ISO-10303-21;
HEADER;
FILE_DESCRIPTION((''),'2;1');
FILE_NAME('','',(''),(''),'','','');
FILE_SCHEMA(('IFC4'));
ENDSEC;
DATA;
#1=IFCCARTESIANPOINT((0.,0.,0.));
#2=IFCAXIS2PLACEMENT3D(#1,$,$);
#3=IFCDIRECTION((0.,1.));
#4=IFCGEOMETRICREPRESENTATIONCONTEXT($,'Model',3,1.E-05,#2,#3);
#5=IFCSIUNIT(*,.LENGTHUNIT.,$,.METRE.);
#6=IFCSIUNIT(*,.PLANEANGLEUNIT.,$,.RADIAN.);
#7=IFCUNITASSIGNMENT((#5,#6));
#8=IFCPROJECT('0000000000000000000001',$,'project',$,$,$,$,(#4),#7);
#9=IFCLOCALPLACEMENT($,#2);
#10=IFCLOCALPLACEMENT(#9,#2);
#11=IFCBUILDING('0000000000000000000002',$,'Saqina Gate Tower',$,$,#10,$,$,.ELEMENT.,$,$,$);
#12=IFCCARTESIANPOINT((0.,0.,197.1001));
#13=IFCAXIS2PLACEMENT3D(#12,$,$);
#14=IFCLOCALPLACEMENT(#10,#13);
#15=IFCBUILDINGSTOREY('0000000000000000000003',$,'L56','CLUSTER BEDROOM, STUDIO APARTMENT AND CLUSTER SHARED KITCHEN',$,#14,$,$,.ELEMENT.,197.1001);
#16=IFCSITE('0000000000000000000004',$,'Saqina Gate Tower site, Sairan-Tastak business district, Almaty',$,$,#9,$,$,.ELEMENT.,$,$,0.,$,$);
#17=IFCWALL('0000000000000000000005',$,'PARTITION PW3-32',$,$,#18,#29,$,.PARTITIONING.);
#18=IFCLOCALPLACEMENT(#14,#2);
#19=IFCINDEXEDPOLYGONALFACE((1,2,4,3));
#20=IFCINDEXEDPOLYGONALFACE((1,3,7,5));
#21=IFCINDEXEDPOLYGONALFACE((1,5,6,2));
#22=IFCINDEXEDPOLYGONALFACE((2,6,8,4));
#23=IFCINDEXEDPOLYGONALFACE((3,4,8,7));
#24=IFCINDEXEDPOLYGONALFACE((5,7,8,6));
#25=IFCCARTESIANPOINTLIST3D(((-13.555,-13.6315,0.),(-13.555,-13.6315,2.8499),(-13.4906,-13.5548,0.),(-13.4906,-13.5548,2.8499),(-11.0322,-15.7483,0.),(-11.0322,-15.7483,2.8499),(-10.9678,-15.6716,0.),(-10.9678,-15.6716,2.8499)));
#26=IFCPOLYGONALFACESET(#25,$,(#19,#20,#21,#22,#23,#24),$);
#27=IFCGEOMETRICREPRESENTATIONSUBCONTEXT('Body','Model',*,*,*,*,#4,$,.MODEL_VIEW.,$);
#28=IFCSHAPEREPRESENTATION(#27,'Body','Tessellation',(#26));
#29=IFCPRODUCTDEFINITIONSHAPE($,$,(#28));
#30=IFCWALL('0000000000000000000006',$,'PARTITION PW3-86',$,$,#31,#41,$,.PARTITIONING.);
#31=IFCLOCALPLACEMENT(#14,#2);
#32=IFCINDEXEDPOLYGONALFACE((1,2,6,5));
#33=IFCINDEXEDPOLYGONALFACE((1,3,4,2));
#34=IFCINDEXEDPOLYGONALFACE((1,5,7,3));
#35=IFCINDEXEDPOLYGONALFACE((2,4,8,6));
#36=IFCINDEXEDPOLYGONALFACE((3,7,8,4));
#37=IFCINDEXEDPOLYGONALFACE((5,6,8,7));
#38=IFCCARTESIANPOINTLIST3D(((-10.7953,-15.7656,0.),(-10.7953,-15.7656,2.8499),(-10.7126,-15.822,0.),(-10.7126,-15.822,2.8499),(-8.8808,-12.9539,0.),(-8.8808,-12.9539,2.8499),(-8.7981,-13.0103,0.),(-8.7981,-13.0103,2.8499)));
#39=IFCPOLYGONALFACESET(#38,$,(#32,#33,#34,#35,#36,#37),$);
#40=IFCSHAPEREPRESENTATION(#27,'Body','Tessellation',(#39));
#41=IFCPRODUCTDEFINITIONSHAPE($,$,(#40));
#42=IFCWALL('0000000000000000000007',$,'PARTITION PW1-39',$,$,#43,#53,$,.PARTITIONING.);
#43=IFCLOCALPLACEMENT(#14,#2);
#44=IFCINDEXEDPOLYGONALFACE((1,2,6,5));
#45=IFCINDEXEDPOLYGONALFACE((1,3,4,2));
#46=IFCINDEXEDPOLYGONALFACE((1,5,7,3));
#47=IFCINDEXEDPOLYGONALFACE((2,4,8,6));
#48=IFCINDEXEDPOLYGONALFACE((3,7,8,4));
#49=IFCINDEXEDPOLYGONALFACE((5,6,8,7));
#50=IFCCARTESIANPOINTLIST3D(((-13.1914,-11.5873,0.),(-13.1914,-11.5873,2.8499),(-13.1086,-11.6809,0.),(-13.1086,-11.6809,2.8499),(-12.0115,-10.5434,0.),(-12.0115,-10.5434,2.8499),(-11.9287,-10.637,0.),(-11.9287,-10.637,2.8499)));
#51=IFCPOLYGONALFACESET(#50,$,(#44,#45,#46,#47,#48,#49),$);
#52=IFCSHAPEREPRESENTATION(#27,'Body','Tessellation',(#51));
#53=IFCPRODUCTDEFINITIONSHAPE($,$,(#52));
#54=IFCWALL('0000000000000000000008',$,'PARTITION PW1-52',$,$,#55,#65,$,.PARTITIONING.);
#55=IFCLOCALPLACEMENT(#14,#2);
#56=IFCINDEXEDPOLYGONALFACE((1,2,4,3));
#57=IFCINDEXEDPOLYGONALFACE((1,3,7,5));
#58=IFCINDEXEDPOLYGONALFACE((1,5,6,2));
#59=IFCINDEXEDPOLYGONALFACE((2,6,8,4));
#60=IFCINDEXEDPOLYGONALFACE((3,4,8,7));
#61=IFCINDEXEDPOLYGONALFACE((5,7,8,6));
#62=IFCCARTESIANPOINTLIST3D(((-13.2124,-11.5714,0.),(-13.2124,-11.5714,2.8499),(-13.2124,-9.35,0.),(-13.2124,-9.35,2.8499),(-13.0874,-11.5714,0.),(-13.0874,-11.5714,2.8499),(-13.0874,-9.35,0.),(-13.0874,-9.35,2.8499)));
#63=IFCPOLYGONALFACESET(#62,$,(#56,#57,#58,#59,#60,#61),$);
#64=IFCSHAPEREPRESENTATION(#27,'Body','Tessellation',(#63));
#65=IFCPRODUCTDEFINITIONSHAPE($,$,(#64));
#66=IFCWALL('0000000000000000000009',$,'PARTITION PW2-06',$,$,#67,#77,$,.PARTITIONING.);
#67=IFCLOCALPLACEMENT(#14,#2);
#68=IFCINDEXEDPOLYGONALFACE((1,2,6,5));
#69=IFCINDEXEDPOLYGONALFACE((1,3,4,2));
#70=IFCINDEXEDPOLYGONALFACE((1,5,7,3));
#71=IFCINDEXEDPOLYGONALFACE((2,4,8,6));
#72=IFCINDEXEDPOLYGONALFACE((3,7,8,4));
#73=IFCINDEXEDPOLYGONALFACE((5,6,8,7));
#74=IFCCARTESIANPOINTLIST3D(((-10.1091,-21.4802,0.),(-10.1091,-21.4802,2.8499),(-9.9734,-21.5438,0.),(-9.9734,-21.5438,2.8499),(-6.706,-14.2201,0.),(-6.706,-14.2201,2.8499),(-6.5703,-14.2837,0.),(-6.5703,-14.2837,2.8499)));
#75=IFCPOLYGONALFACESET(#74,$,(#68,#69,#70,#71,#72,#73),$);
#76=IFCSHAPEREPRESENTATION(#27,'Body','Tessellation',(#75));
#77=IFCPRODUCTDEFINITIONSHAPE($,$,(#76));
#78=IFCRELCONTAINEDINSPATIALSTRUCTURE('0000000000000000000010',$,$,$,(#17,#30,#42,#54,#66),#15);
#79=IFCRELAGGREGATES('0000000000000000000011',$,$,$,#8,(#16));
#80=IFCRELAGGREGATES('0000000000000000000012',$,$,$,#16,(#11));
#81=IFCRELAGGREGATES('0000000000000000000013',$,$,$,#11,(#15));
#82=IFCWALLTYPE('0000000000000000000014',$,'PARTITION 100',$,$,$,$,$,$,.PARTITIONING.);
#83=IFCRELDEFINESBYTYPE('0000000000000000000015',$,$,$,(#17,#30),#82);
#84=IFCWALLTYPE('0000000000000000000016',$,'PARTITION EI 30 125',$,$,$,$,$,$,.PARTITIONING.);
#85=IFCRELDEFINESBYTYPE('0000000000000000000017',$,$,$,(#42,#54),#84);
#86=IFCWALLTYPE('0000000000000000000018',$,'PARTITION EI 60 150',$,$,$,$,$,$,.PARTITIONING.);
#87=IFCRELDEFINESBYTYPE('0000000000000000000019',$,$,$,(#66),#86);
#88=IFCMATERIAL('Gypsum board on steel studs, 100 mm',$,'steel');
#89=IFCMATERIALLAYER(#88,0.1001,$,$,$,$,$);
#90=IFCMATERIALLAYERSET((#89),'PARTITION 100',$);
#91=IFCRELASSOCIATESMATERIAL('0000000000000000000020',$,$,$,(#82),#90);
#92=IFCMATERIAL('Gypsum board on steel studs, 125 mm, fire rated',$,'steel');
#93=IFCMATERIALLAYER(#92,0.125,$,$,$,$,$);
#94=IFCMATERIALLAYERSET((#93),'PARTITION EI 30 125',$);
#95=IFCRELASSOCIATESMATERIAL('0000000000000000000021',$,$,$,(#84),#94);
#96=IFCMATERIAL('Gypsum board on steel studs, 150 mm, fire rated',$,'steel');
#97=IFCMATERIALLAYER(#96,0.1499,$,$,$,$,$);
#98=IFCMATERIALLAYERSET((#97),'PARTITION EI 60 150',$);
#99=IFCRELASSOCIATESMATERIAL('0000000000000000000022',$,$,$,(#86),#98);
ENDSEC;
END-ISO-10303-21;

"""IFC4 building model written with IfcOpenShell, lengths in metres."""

from ifc_helpers import new_model, si_unit, direction, frame, frame_2d, origin, place, context, subcontext, project, spatial, rectangle, extrude, material, layer, layer_set, type_object, element, save


model = new_model("IFC4")

# Units and contexts
model_context = context("Model", 3, precision=1e-05, world=origin(), true_north=direction((0.0, 1.0)))
body_context = subcontext(model_context, "Body", "Model", "MODEL_VIEW")
ifc_project = project(units=[si_unit("LENGTHUNIT", "METRE"), si_unit("PLANEANGLEUNIT", "RADIAN")], contexts=[model_context])

# Site, building, storey
site_placement = place(None, origin())
site = spatial("IfcSite", under=ifc_project, at=site_placement, Name="Saqina Gate Tower site, Sairan-Tastak business district, Almaty", CompositionType="ELEMENT", RefElevation=0.0)
building_placement = place(site_placement, origin())
building = spatial("IfcBuilding", under=site, at=building_placement, Name="Saqina Gate Tower", CompositionType="ELEMENT")
storey_placement = place(building_placement, frame((0.0, 0.0, 197.1001)))
storey = spatial("IfcBuildingStorey", under=building, at=storey_placement, Name="L56", Description="CLUSTER BEDROOM, STUDIO APARTMENT AND CLUSTER SHARED KITCHEN", CompositionType="ELEMENT", Elevation=197.1001)

# Walls
ifc_material_1 = material(Name="Gypsum board on steel studs, 100 mm", Category="steel")
ifc_layer_1 = layer(ifc_material_1, 0.1001)
ifc_layer_set_1 = layer_set([ifc_layer_1], Name="PARTITION 100")
wall_type_1 = type_object("IfcWallType", Name="PARTITION 100", PredefinedType="PARTITIONING", material=ifc_layer_set_1)
wall_1_placement = place(storey_placement, frame((-13.5227, -13.5933, 0.0), z_axis=(0.0, 0.0, 1.0), x_axis=(0.76606, -0.642769, 0.0)))
element("IfcWall", 1, at=wall_1_placement, inside=storey, type_object=wall_type_1, Name="PARTITION PW3-32", PredefinedType="PARTITIONING", context=body_context, shape_type="SweptSolid", body=[
    extrude(rectangle(XDim=3.2932, YDim=0.1001, at=frame_2d((1.6465, 0.0))), origin(), (0.0, 0.0, 1.0), 2.8499),
])
wall_2_placement = place(storey_placement, frame((-10.7539, -15.7937, 0.0), z_axis=(0.0, 0.0, 1.0), x_axis=(0.562822, 0.826578, 0.0)))
element("IfcWall", 2, at=wall_2_placement, inside=storey, type_object=wall_type_1, Name="PARTITION PW3-86", PredefinedType="PARTITIONING", context=body_context, shape_type="SweptSolid", body=[
    extrude(rectangle(XDim=3.4016, YDim=0.1001, at=frame_2d((1.7007, 0.0))), origin(), (0.0, 0.0, 1.0), 2.8499),
])
ifc_material_2 = material(Name="Gypsum board on steel studs, 125 mm, fire rated", Category="steel")
ifc_layer_2 = layer(ifc_material_2, 0.125)
ifc_layer_set_2 = layer_set([ifc_layer_2], Name="PARTITION EI 30 125")
wall_type_2 = type_object("IfcWallType", Name="PARTITION EI 30 125", PredefinedType="PARTITIONING", material=ifc_layer_set_2)
wall_3_placement = place(storey_placement, frame((-13.1499, -11.634, 0.0), z_axis=(0.0, 0.0, 1.0), x_axis=(0.748946, 0.662631, 0.0)))
element("IfcWall", 3, at=wall_3_placement, inside=storey, type_object=wall_type_2, Name="PARTITION PW1-39", PredefinedType="PARTITIONING", context=body_context, shape_type="SweptSolid", body=[
    extrude(rectangle(XDim=1.5754, YDim=0.125, at=frame_2d((0.7876, 0.0))), origin(), (0.0, 0.0, 1.0), 2.8499),
])
wall_4_placement = place(storey_placement, frame((-13.1499, -11.5715, 0.0), z_axis=(0.0, 0.0, 1.0), x_axis=(0.0, 1.0, 0.0)))
element("IfcWall", 4, at=wall_4_placement, inside=storey, type_object=wall_type_2, Name="PARTITION PW1-52", PredefinedType="PARTITIONING", context=body_context, shape_type="SweptSolid", body=[
    extrude(rectangle(XDim=2.2214, YDim=0.125, at=frame_2d((1.1108, 0.0))), origin(), (0.0, 0.0, 1.0), 2.8499),
])
ifc_material_3 = material(Name="Gypsum board on steel studs, 150 mm, fire rated", Category="steel")
ifc_layer_3 = layer(ifc_material_3, 0.1499)
ifc_layer_set_3 = layer_set([ifc_layer_3], Name="PARTITION EI 60 150")
wall_type_3 = type_object("IfcWallType", Name="PARTITION EI 60 150", PredefinedType="PARTITIONING", material=ifc_layer_set_3)
wall_5_placement = place(storey_placement, frame((-10.0413, -21.512, 0.0), z_axis=(0.0, 0.0, 1.0), x_axis=(0.424428, 0.905461, 0.0)))
element("IfcWall", 5, at=wall_5_placement, inside=storey, type_object=wall_type_3, Name="PARTITION PW2-06", PredefinedType="PARTITIONING", context=body_context, shape_type="SweptSolid", body=[
    extrude(rectangle(XDim=8.0181, YDim=0.1499, at=frame_2d((4.009, 0.0))), origin(), (0.0, 0.0, 1.0), 2.8499),
])

save(model, "model.ifc")
